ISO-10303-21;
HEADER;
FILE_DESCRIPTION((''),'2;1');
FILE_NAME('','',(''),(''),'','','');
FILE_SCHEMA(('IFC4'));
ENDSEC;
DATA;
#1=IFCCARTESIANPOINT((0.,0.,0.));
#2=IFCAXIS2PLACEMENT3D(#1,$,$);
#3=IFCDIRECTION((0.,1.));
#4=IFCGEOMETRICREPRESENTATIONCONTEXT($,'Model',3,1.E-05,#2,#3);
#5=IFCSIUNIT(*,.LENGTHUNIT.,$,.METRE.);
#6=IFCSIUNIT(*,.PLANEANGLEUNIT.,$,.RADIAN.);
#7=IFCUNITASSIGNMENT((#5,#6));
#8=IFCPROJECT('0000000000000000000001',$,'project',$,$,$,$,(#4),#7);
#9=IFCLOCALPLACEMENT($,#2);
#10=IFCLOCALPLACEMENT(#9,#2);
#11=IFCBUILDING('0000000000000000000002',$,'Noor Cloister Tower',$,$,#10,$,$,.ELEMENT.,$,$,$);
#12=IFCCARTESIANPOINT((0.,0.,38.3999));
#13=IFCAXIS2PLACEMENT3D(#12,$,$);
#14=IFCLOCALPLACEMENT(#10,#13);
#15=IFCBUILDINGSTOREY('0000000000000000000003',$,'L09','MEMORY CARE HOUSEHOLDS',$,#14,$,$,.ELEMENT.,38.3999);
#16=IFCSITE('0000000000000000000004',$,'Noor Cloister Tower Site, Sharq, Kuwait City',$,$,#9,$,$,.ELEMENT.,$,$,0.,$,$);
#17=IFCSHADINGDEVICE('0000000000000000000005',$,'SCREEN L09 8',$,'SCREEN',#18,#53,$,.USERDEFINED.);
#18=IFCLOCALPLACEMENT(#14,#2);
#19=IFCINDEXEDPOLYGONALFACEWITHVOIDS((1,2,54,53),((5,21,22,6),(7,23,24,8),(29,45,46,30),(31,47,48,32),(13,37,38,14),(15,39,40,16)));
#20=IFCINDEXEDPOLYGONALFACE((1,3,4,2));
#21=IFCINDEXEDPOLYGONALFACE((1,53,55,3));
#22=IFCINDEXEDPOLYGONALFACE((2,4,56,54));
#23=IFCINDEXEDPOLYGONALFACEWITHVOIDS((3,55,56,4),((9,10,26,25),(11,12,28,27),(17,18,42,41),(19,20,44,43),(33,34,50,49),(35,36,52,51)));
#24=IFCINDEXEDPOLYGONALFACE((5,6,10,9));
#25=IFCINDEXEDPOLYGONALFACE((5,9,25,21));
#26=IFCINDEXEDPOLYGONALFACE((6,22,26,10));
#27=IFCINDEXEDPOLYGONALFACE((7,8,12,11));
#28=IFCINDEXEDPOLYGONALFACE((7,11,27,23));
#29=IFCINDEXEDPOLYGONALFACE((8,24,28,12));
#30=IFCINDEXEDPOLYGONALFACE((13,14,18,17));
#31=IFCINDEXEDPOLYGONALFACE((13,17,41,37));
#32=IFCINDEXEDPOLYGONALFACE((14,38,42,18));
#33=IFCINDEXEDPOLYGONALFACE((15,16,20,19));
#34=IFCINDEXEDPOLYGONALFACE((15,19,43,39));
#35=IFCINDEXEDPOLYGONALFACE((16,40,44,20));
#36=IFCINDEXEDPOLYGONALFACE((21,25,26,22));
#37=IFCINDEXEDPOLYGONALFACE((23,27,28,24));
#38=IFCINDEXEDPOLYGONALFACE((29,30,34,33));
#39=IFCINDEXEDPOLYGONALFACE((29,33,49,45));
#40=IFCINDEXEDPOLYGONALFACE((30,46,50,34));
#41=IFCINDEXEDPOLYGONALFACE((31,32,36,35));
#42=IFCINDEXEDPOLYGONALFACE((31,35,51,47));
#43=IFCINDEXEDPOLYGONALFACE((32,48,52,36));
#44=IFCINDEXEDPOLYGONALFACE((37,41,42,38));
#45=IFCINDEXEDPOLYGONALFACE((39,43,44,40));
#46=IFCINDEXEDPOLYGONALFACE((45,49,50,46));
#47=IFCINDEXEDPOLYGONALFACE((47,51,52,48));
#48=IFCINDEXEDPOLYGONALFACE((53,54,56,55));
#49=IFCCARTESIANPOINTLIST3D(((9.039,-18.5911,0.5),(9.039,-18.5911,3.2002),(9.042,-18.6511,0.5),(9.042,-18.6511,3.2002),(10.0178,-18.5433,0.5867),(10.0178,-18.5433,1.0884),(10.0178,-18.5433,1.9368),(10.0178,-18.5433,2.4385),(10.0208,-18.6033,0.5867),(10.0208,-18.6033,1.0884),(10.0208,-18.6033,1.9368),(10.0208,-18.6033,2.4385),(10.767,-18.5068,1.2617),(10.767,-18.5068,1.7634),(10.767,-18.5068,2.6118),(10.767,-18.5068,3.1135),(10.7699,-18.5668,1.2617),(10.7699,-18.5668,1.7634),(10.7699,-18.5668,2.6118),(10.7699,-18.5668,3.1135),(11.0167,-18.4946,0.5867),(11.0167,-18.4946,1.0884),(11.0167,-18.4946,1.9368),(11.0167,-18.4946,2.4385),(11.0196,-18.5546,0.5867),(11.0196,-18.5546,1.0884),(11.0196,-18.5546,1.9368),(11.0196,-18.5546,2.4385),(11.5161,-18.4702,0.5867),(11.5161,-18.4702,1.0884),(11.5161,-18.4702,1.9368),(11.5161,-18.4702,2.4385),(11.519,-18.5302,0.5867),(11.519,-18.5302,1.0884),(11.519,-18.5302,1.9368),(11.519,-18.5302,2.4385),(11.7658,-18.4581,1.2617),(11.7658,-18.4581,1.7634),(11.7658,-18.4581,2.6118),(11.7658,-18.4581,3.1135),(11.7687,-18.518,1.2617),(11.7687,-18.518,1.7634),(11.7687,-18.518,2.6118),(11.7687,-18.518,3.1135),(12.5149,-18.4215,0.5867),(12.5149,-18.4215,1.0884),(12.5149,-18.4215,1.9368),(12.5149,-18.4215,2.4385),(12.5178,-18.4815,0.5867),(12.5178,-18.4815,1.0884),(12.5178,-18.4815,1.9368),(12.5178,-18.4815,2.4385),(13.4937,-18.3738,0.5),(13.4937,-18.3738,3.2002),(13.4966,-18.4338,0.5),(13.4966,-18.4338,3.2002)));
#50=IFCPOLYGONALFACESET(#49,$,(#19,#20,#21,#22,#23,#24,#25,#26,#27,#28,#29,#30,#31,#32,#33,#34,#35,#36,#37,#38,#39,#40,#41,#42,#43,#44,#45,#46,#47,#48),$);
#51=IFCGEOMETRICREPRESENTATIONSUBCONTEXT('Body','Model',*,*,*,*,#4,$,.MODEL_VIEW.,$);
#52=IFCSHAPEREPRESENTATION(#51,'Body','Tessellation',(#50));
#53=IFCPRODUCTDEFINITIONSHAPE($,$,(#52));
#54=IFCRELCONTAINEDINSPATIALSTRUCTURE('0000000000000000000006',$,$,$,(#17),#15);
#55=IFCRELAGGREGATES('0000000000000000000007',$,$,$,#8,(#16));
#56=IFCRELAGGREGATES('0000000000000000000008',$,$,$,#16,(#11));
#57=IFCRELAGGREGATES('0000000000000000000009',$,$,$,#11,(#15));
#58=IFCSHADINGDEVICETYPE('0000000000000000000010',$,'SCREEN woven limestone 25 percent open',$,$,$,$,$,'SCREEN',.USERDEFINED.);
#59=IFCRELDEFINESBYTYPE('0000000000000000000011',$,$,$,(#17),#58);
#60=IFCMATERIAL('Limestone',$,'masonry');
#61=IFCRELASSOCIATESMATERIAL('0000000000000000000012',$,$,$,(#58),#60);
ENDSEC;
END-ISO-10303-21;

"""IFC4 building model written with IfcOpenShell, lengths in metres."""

from ifc_helpers import new_model, si_unit, direction, frame, origin, place, context, subcontext, project, spatial, polyline, outline, extrude, material, material_profile, profile_set, type_object, element, save


model = new_model("IFC4")

# Units and contexts
model_context = context("Model", 3, precision=1e-05, world=origin(), true_north=direction((0.0, 1.0)))
body_context = subcontext(model_context, "Body", "Model", "MODEL_VIEW")
ifc_project = project(units=[si_unit("LENGTHUNIT", "METRE"), si_unit("PLANEANGLEUNIT", "RADIAN")], contexts=[model_context])

# Site, building, storey
site_placement = place(None, origin())
site = spatial("IfcSite", under=ifc_project, at=site_placement, Name="Noor Cloister Tower Site, Sharq, Kuwait City", CompositionType="ELEMENT", RefElevation=0.0)
building_placement = place(site_placement, origin())
building = spatial("IfcBuilding", under=site, at=building_placement, Name="Noor Cloister Tower", CompositionType="ELEMENT")
storey_placement = place(building_placement, frame((0.0, 0.0, 38.3999)))
storey = spatial("IfcBuildingStorey", under=building, at=storey_placement, Name="L09", Description="MEMORY CARE HOUSEHOLDS", CompositionType="ELEMENT", Elevation=38.3999)

# Shading device
ifc_material_1 = material(Name="Limestone", Category="masonry")
ifc_material_profile_1 = material_profile(ifc_material_1, outline(polyline([(-2.23, -1.3501), (2.23, -1.3501), (2.23, 1.3501), (-2.23, 1.3501), (-2.23, -1.3501)]), holes=[polyline([(-1.25, -1.2634), (-0.25, -1.2634), (-0.25, -0.7617), (-1.25, -0.7617), (-1.25, -1.2634)]), polyline([(0.25, -1.2634), (1.25, -1.2634), (1.25, -0.7617), (0.25, -0.7617), (0.25, -1.2634)]), polyline([(-0.5, -0.5884), (0.5, -0.5884), (0.5, -0.0867), (-0.5, -0.0867), (-0.5, -0.5884)]), polyline([(-1.25, 0.0867), (-0.25, 0.0867), (-0.25, 0.5884), (-1.25, 0.5884), (-1.25, 0.0867)]), polyline([(0.25, 0.0867), (1.25, 0.0867), (1.25, 0.5884), (0.25, 0.5884), (0.25, 0.0867)]), polyline([(-0.5, 0.7617), (0.5, 0.7617), (0.5, 1.2634), (-0.5, 1.2634), (-0.5, 0.7617)])]), Name="Woven screen 25 percent open")
ifc_profile_set_1 = profile_set([ifc_material_profile_1], Name="Limestone")
shading_device_type = type_object("IfcShadingDeviceType", Name="SCREEN woven limestone 25 percent open", ElementType="SCREEN", PredefinedType="USERDEFINED", material=ifc_profile_set_1)
shading_device_placement = place(storey_placement, frame((11.2664, -18.4824, 1.8501), z_axis=(0.048723, -0.998812, 0.0), x_axis=(0.998812, 0.048723, 0.0)))
element("IfcShadingDevice", 1, at=shading_device_placement, inside=storey, type_object=shading_device_type, Name="SCREEN L09 8", ObjectType="SCREEN", PredefinedType="USERDEFINED", context=body_context, shape_type="SweptSolid", body=[
    extrude(outline(polyline([(-2.23, -1.3501), (2.23, -1.3501), (2.23, 1.3501), (-2.23, 1.3501), (-2.23, -1.3501)]), holes=[polyline([(-1.25, -1.2634), (-0.25, -1.2634), (-0.25, -0.7617), (-1.25, -0.7617), (-1.25, -1.2634)]), polyline([(0.25, -1.2634), (1.25, -1.2634), (1.25, -0.7617), (0.25, -0.7617), (0.25, -1.2634)]), polyline([(-0.5, -0.5884), (0.5, -0.5884), (0.5, -0.0867), (-0.5, -0.0867), (-0.5, -0.5884)]), polyline([(-1.25, 0.0867), (-0.25, 0.0867), (-0.25, 0.5884), (-1.25, 0.5884), (-1.25, 0.0867)]), polyline([(0.25, 0.0867), (1.25, 0.0867), (1.25, 0.5884), (0.25, 0.5884), (0.25, 0.0867)]), polyline([(-0.5, 0.7617), (0.5, 0.7617), (0.5, 1.2634), (-0.5, 1.2634), (-0.5, 0.7617)])]), origin(), (0.0, 0.0, 1.0), 0.0601),
])

save(model, "model.ifc")
